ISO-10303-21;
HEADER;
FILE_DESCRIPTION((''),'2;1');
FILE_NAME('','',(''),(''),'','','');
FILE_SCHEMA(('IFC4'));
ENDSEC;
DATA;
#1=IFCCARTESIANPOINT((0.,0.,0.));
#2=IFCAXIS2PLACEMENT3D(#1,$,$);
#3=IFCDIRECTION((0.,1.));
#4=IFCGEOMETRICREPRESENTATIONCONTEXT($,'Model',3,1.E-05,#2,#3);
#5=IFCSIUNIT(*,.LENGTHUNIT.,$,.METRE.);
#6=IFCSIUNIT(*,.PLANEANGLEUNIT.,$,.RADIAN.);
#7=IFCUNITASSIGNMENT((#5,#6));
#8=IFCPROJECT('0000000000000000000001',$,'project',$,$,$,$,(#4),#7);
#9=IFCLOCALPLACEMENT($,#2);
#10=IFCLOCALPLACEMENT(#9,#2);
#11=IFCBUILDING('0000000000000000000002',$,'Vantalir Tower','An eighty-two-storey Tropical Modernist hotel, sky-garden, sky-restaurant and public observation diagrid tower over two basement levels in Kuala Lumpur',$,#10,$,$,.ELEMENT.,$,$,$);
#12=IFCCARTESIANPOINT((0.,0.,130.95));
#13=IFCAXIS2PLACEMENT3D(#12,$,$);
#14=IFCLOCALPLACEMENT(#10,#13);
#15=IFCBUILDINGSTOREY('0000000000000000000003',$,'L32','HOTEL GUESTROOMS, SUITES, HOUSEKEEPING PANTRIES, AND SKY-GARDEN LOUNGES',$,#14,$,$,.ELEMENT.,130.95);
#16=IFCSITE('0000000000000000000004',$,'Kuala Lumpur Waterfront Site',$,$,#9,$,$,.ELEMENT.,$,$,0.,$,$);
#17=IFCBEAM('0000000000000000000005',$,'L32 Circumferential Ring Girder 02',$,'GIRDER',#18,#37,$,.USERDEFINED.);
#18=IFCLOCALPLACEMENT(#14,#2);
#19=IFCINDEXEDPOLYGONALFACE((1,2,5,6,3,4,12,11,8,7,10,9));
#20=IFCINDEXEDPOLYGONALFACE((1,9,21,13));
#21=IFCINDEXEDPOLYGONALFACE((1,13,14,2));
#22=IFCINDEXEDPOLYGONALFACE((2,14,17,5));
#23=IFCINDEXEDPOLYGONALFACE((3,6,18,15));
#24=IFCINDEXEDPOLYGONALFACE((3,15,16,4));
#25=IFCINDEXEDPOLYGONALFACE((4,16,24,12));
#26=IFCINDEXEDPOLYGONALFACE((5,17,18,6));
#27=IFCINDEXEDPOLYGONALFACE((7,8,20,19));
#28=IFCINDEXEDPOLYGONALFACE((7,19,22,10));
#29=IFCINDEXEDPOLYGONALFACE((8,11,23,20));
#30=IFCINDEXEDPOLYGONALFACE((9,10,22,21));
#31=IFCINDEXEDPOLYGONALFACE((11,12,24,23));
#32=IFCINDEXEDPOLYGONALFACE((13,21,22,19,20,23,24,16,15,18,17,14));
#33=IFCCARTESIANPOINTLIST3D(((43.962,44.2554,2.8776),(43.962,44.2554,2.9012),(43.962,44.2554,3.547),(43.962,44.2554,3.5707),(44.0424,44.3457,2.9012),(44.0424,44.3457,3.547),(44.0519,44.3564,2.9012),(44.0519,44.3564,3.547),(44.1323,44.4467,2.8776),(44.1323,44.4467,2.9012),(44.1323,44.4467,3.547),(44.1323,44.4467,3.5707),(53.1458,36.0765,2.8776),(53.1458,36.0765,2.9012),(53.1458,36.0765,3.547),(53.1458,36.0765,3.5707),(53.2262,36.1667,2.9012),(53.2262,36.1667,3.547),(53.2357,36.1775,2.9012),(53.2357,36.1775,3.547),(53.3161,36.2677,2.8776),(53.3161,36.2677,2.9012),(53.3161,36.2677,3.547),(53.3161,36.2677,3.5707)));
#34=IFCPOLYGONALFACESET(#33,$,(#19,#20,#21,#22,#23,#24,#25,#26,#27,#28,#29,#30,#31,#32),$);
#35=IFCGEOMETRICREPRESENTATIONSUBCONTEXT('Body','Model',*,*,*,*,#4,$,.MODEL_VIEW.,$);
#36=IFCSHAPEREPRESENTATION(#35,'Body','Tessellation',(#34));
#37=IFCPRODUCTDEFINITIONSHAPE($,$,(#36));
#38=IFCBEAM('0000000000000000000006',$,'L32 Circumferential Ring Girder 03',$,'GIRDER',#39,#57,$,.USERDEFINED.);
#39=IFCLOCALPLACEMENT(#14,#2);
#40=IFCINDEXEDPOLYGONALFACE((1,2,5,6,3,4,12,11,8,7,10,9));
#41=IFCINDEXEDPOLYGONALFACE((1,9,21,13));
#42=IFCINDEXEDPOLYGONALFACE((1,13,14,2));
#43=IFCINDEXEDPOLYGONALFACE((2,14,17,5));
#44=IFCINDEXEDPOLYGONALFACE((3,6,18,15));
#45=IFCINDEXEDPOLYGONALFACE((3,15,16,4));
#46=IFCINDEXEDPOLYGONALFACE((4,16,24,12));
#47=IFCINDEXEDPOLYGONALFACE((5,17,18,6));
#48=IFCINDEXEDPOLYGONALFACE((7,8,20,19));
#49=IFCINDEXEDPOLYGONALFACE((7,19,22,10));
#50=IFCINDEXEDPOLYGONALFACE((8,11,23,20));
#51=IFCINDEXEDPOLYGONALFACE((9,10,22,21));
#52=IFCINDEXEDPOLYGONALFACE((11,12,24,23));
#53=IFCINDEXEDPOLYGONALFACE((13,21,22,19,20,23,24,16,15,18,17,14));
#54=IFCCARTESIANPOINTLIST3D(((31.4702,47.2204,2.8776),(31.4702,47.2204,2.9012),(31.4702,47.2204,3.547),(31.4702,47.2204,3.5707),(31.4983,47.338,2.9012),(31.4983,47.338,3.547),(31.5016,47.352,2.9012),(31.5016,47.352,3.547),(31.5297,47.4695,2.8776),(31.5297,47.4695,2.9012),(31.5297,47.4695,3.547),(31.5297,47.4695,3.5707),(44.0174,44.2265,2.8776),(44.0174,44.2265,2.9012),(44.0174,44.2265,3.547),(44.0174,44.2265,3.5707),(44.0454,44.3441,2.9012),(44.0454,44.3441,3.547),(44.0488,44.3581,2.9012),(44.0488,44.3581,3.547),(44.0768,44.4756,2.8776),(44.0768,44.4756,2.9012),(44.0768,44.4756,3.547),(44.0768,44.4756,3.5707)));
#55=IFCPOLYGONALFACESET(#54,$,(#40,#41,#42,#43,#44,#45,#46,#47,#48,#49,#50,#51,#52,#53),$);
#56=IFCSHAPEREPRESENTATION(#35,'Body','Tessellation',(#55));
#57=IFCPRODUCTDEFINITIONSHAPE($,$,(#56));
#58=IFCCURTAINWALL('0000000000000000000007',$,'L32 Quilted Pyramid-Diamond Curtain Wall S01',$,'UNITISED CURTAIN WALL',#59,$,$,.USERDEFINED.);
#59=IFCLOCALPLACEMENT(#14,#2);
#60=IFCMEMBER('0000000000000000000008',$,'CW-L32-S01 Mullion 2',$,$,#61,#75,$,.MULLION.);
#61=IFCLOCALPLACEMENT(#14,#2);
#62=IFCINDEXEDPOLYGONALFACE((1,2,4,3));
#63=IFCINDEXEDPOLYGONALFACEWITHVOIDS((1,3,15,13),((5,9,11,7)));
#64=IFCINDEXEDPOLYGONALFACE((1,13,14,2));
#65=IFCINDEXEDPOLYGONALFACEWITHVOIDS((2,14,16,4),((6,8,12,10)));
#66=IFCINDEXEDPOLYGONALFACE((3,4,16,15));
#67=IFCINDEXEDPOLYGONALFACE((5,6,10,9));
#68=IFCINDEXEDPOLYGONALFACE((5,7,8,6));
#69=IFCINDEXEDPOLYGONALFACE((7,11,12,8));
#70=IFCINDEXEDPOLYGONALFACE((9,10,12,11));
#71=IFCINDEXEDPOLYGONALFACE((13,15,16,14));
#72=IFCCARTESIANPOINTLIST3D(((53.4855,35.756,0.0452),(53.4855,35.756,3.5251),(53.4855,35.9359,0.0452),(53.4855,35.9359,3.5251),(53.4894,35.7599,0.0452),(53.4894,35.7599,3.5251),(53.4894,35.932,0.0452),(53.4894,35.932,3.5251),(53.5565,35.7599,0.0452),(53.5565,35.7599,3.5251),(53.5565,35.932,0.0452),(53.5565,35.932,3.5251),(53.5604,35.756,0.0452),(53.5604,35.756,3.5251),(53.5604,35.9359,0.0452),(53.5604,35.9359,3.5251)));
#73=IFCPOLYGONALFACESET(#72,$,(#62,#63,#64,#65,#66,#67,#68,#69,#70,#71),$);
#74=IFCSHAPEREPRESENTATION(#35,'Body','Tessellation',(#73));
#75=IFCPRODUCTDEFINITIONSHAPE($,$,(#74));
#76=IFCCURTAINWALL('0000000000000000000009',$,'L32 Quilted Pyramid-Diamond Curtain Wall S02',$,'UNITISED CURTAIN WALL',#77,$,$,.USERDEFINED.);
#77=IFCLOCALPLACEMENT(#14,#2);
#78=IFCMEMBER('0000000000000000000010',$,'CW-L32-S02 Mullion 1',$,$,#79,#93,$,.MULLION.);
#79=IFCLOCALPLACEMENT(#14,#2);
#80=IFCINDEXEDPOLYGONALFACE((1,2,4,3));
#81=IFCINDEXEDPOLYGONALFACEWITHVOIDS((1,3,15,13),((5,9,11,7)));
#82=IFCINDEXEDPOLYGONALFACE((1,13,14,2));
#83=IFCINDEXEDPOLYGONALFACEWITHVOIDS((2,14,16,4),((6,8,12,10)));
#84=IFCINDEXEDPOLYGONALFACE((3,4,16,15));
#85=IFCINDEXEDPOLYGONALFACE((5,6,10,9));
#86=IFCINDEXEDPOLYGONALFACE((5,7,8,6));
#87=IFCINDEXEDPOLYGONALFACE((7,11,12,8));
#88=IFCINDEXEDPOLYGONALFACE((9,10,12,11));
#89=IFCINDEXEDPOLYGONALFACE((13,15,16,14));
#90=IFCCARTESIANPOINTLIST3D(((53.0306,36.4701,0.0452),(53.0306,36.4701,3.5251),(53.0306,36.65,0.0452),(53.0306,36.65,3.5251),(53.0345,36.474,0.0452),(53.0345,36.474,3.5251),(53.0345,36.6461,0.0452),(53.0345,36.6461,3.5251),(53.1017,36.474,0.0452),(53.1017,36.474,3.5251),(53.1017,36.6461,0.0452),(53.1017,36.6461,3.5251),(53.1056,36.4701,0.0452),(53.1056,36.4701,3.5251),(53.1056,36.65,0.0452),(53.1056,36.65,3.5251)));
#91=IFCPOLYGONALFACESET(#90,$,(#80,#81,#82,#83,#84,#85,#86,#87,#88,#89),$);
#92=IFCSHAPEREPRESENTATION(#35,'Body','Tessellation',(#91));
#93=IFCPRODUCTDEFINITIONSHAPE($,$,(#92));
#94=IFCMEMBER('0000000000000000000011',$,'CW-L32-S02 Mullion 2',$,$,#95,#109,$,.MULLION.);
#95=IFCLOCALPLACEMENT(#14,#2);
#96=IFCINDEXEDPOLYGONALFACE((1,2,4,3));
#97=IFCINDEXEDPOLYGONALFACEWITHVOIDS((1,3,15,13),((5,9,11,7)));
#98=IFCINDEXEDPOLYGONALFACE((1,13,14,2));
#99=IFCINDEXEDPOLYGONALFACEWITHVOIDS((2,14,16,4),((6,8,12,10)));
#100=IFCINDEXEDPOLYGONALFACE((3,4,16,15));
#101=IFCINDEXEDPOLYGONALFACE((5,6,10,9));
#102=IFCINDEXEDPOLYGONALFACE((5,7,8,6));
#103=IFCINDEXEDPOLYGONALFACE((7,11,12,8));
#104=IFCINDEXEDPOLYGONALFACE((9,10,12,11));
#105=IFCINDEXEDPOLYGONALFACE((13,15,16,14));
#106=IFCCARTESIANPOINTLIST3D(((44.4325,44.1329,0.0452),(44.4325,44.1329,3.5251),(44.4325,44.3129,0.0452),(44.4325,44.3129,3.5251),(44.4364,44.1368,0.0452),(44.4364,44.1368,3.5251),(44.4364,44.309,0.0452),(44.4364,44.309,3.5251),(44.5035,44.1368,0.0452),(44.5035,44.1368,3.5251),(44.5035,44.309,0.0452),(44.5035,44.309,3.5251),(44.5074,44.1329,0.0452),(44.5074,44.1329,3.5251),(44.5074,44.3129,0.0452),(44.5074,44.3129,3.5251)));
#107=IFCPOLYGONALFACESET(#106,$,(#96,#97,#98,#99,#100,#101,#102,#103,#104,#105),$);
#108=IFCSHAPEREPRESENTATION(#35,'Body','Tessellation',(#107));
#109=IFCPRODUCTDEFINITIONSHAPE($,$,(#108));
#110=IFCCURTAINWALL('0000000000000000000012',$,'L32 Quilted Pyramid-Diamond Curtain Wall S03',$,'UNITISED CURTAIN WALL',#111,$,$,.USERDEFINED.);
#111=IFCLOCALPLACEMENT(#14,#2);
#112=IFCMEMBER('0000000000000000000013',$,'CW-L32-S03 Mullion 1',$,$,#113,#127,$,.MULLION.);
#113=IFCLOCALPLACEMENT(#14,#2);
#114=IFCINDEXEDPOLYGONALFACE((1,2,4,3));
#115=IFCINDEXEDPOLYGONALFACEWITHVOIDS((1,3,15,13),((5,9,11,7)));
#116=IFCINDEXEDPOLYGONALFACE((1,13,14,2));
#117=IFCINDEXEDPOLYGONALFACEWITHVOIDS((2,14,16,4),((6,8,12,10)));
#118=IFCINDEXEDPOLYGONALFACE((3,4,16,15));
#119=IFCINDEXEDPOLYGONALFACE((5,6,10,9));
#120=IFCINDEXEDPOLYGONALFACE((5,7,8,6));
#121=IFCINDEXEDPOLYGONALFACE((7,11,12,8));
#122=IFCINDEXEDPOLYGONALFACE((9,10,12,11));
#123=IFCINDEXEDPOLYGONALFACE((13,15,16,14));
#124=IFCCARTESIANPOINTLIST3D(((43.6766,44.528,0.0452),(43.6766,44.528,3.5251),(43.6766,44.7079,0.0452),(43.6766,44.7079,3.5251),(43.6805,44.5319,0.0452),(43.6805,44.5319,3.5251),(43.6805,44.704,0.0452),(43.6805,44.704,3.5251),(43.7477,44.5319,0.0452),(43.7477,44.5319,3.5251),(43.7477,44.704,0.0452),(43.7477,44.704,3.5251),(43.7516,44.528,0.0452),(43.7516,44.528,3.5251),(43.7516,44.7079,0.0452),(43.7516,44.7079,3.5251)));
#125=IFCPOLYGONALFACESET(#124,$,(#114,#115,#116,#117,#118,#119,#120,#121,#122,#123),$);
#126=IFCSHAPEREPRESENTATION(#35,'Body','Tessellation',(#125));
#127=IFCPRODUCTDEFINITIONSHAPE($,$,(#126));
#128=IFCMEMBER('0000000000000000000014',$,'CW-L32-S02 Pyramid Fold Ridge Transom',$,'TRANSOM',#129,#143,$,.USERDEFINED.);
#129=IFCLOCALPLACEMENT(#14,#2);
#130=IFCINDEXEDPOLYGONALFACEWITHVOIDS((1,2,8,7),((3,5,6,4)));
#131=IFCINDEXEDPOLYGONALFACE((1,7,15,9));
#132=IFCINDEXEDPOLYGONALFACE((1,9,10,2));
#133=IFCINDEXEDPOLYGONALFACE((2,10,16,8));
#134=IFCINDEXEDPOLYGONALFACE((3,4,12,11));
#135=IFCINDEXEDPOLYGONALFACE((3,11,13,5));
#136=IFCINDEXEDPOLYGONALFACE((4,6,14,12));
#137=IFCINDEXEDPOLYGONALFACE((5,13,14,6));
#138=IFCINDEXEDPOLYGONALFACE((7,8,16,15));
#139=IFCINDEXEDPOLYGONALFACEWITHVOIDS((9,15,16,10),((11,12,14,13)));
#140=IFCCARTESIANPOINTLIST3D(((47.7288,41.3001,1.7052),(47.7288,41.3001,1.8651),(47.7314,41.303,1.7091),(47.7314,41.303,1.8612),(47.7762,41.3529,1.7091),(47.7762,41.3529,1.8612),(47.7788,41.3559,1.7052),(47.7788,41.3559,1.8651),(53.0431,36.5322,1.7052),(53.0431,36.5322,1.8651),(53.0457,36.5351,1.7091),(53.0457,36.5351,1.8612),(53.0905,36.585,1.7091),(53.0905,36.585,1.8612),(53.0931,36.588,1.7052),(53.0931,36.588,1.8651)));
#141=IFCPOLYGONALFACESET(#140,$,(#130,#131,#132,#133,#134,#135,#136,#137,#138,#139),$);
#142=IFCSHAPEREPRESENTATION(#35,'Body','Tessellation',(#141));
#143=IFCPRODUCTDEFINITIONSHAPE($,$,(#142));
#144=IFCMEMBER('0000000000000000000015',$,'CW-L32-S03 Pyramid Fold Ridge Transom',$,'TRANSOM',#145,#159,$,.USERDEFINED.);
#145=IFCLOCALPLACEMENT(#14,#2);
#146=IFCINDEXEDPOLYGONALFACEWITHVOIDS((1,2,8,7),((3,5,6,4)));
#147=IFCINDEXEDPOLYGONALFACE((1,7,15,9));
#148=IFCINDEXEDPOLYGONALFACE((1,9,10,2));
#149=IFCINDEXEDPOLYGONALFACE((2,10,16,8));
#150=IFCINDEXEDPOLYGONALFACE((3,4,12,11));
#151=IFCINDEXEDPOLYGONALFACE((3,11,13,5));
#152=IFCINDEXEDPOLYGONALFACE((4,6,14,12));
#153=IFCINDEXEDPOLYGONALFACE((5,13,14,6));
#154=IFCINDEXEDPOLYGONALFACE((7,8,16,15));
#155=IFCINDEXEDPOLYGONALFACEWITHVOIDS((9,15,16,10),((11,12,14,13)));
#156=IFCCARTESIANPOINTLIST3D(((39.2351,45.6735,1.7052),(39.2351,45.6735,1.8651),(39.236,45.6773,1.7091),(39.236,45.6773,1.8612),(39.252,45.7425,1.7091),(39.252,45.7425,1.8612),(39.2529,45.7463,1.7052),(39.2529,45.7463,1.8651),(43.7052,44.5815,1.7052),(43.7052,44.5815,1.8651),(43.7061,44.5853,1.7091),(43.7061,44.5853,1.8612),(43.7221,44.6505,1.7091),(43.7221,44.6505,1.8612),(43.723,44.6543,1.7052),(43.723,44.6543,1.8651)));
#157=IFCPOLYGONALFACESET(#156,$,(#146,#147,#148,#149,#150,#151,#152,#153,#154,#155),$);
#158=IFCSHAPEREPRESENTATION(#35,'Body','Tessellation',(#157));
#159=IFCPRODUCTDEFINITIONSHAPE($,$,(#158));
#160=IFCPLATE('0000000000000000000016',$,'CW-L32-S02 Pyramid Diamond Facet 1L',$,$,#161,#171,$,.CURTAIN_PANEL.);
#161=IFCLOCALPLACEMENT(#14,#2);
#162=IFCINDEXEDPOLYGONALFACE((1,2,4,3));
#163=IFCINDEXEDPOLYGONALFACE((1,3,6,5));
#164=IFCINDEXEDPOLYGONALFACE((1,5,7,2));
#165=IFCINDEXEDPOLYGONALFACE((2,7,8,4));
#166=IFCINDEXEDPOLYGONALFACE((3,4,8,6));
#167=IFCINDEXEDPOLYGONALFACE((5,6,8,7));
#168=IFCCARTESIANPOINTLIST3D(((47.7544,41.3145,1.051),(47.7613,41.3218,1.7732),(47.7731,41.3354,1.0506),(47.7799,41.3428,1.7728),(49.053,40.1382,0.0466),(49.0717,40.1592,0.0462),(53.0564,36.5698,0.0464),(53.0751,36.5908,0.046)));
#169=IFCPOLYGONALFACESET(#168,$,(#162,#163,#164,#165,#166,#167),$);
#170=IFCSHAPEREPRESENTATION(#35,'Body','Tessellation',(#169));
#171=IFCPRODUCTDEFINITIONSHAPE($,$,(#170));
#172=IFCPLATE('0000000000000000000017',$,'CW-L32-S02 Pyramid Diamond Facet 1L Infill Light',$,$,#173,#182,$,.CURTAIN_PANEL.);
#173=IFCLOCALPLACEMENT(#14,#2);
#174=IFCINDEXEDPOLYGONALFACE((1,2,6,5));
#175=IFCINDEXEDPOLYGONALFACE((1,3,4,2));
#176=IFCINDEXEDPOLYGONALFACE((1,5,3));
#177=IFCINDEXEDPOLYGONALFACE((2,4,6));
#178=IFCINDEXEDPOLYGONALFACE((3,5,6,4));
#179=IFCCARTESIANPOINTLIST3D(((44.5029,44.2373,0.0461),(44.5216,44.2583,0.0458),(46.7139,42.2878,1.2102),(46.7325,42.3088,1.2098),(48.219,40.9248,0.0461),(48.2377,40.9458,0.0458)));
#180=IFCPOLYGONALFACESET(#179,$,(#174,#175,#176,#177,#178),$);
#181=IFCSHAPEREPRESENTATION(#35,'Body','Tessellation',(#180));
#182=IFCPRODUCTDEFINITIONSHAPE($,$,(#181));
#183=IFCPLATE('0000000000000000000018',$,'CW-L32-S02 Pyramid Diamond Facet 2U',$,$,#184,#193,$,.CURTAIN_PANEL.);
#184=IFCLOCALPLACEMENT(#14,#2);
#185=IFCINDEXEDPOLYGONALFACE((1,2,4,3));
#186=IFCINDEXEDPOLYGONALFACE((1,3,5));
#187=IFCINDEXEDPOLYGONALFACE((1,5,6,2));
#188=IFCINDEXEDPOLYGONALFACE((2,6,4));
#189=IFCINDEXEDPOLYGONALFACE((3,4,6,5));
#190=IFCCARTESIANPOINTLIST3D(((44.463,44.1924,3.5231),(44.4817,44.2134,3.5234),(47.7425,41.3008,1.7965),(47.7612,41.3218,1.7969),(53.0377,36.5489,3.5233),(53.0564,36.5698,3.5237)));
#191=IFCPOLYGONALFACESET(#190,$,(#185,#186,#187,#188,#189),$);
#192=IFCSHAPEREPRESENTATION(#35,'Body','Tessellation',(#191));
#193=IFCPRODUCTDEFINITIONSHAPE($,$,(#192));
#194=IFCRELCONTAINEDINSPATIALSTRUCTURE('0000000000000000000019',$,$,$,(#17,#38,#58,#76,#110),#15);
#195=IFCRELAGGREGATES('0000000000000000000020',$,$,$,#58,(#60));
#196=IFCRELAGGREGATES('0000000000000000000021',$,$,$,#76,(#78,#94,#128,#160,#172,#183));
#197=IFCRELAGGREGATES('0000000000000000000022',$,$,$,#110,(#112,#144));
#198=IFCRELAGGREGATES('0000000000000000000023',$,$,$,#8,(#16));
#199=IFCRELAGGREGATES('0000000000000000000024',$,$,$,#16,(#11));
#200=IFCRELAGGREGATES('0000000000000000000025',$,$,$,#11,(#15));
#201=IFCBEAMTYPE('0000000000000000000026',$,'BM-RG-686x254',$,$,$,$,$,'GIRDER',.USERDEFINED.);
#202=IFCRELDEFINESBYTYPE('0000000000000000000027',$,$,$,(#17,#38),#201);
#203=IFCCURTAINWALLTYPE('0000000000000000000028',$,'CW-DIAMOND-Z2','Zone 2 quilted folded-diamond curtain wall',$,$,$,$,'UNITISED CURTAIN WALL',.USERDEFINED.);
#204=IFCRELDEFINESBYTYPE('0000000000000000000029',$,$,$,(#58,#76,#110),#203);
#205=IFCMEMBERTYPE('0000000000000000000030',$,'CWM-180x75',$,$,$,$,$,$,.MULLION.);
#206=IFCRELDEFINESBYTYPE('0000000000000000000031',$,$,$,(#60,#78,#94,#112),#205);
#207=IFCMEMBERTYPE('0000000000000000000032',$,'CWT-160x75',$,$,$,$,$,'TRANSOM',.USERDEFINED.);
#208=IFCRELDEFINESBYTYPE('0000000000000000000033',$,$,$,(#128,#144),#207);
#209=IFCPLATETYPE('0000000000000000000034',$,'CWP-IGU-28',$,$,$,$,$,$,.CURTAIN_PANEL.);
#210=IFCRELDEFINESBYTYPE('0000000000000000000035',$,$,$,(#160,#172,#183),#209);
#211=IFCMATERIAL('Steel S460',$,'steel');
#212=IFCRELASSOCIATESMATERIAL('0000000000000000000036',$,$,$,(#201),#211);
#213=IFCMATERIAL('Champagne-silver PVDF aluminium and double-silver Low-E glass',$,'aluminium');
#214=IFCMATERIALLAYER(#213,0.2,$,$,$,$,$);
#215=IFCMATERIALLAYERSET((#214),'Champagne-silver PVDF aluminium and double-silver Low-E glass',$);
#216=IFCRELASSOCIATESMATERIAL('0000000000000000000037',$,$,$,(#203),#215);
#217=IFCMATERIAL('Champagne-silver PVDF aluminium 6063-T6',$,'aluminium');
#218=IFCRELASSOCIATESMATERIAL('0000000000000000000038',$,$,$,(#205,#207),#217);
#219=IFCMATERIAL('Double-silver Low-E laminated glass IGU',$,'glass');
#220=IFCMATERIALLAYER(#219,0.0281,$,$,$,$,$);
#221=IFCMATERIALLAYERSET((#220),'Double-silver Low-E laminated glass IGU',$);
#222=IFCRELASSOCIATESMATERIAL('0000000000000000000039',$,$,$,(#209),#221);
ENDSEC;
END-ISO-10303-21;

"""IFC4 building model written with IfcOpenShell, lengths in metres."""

from ifc_helpers import new_model, si_unit, direction, frame, origin, origin_2d, place, context, subcontext, project, spatial, polyline, hollow_rectangle, i_section, outline, extrude, material, layer, layer_set, material_profile, profile_set, type_object, element, aggregate, save


model = new_model("IFC4")

# Units and contexts
model_context = context("Model", 3, precision=1e-05, world=origin(), true_north=direction((0.0, 1.0)))
body_context = subcontext(model_context, "Body", "Model", "MODEL_VIEW")
ifc_project = project(units=[si_unit("LENGTHUNIT", "METRE"), si_unit("PLANEANGLEUNIT", "RADIAN")], contexts=[model_context])

# Site, building, storey
site_placement = place(None, origin())
site = spatial("IfcSite", under=ifc_project, at=site_placement, Name="Kuala Lumpur Waterfront Site", CompositionType="ELEMENT", RefElevation=0.0)
building_placement = place(site_placement, origin())
building = spatial("IfcBuilding", under=site, at=building_placement, Name="Vantalir Tower", Description="An eighty-two-storey Tropical Modernist hotel, sky-garden, sky-restaurant and public observation diagrid tower over two basement levels in Kuala Lumpur", CompositionType="ELEMENT")
storey_placement = place(building_placement, frame((0.0, 0.0, 130.95)))
storey = spatial("IfcBuildingStorey", under=building, at=storey_placement, Name="L32", Description="HOTEL GUESTROOMS, SUITES, HOUSEKEEPING PANTRIES, AND SKY-GARDEN LOUNGES", CompositionType="ELEMENT", Elevation=130.95)

# Shared definitions
ifc_material_1 = material(Name="Steel S460", Category="steel")

# Beams
ifc_material_profile_1 = material_profile(ifc_material_1, i_section(OverallWidth=0.2561, OverallDepth=0.6931, WebThickness=0.0144, FlangeThickness=0.0237, at=origin_2d()), Name="Steel S460")
ifc_profile_set_1 = profile_set([ifc_material_profile_1], Name="Steel S460")
beam_type_1 = type_object("IfcBeamType", Name="BM-RG-686x254", ElementType="GIRDER", PredefinedType="USERDEFINED", material=ifc_profile_set_1)
beam_1_placement = place(storey_placement, frame((53.231, 36.1721, 3.2241), z_axis=(-0.746781, 0.66507, 0.0), x_axis=(-0.66507, -0.746781, 0.0)))
element("IfcBeam", 1, at=beam_1_placement, inside=storey, type_object=beam_type_1, Name="L32 Circumferential Ring Girder 02", ObjectType="GIRDER", PredefinedType="USERDEFINED", context=body_context, shape_type="SweptSolid", body=[
    extrude(i_section(OverallWidth=0.2561, OverallDepth=0.6931, WebThickness=0.0144, FlangeThickness=0.0237, at=origin_2d()), origin(), (0.0, 0.0, 1.0), 12.2979),
])
beam_2_placement = place(storey_placement, frame((44.0471, 44.3511, 3.2241), z_axis=(-0.972693, 0.232096, 0.0), x_axis=(-0.232096, -0.972693, 0.0)))
element("IfcBeam", 2, at=beam_2_placement, inside=storey, type_object=beam_type_1, Name="L32 Circumferential Ring Girder 03", ObjectType="GIRDER", PredefinedType="USERDEFINED", context=body_context, shape_type="SweptSolid", body=[
    extrude(i_section(OverallWidth=0.2561, OverallDepth=0.6931, WebThickness=0.0144, FlangeThickness=0.0237, at=origin_2d()), origin(), (0.0, 0.0, 1.0), 12.8994),
])

# Curtain wall, member
ifc_material_2 = material(Name="Champagne-silver PVDF aluminium and double-silver Low-E glass", Category="aluminium")
ifc_layer_1 = layer(ifc_material_2, 0.2)
ifc_layer_set_1 = layer_set([ifc_layer_1], Name="Champagne-silver PVDF aluminium and double-silver Low-E glass")
curtain_wall_type = type_object("IfcCurtainWallType", Name="CW-DIAMOND-Z2", Description="Zone 2 quilted folded-diamond curtain wall", ElementType="UNITISED CURTAIN WALL", PredefinedType="USERDEFINED", material=ifc_layer_set_1)
curtain_wall_1_placement = place(storey_placement, origin())
curtain_wall_1 = element("IfcCurtainWall", 3, at=curtain_wall_1_placement, inside=storey, type_object=curtain_wall_type, Name="L32 Quilted Pyramid-Diamond Curtain Wall S01", ObjectType="UNITISED CURTAIN WALL", PredefinedType="USERDEFINED")
ifc_material_3 = material(Name="Champagne-silver PVDF aluminium 6063-T6", Category="aluminium")
ifc_material_profile_2 = material_profile(ifc_material_3, hollow_rectangle(XDim=0.075, YDim=0.1799, WallThickness=0.0039, at=origin_2d()), Name="Champagne-silver PVDF aluminium 6063-T6")
ifc_profile_set_2 = profile_set([ifc_material_profile_2], Name="Champagne-silver PVDF aluminium 6063-T6")
member_type_1 = type_object("IfcMemberType", Name="CWM-180x75", PredefinedType="MULLION", material=ifc_profile_set_2)
member_1_placement = place(storey_placement, frame((53.5229, 35.8459, 0.0452), z_axis=(0.0, 0.0, 1.0), x_axis=(1.0, 0.0, 0.0)))
member_1 = element("IfcMember", 4, at=member_1_placement, type_object=member_type_1, Name="CW-L32-S01 Mullion 2", PredefinedType="MULLION", context=body_context, shape_type="SweptSolid", body=[
    extrude(hollow_rectangle(XDim=0.075, YDim=0.1799, WallThickness=0.0039, at=origin_2d()), origin(), (0.0, 0.0, 1.0), 3.48),
])
aggregate(curtain_wall_1, [member_1])

# Curtain wall, members
curtain_wall_2_placement = place(storey_placement, origin())
curtain_wall_2 = element("IfcCurtainWall", 5, at=curtain_wall_2_placement, inside=storey, type_object=curtain_wall_type, Name="L32 Quilted Pyramid-Diamond Curtain Wall S02", ObjectType="UNITISED CURTAIN WALL", PredefinedType="USERDEFINED")
member_2_placement = place(storey_placement, frame((53.0681, 36.5601, 0.0452), z_axis=(0.0, 0.0, 1.0), x_axis=(1.0, 0.0, 0.0)))
member_2 = element("IfcMember", 6, at=member_2_placement, type_object=member_type_1, Name="CW-L32-S02 Mullion 1", PredefinedType="MULLION", context=body_context, shape_type="SweptSolid", body=[
    extrude(hollow_rectangle(XDim=0.075, YDim=0.1799, WallThickness=0.0039, at=origin_2d()), origin(), (0.0, 0.0, 1.0), 3.48),
])
member_3_placement = place(storey_placement, frame((44.47, 44.2229, 0.0452), z_axis=(0.0, 0.0, 1.0), x_axis=(1.0, 0.0, 0.0)))
member_3 = element("IfcMember", 7, at=member_3_placement, type_object=member_type_1, Name="CW-L32-S02 Mullion 2", PredefinedType="MULLION", context=body_context, shape_type="SweptSolid", body=[
    extrude(hollow_rectangle(XDim=0.075, YDim=0.1799, WallThickness=0.0039, at=origin_2d()), origin(), (0.0, 0.0, 1.0), 3.48),
])

# Curtain wall, member
curtain_wall_3_placement = place(storey_placement, origin())
curtain_wall_3 = element("IfcCurtainWall", 8, at=curtain_wall_3_placement, inside=storey, type_object=curtain_wall_type, Name="L32 Quilted Pyramid-Diamond Curtain Wall S03", ObjectType="UNITISED CURTAIN WALL", PredefinedType="USERDEFINED")
member_4_placement = place(storey_placement, frame((43.7141, 44.6179, 0.0452), z_axis=(0.0, 0.0, 1.0), x_axis=(1.0, 0.0, 0.0)))
member_4 = element("IfcMember", 9, at=member_4_placement, type_object=member_type_1, Name="CW-L32-S03 Mullion 1", PredefinedType="MULLION", context=body_context, shape_type="SweptSolid", body=[
    extrude(hollow_rectangle(XDim=0.075, YDim=0.1799, WallThickness=0.0039, at=origin_2d()), origin(), (0.0, 0.0, 1.0), 3.48),
])

# Members
ifc_material_profile_3 = material_profile(ifc_material_3, hollow_rectangle(XDim=0.075, YDim=0.1599, WallThickness=0.0039, at=origin_2d()), Name="Champagne-silver PVDF aluminium 6063-T6")
ifc_profile_set_3 = profile_set([ifc_material_profile_3], Name="Champagne-silver PVDF aluminium 6063-T6")
member_type_2 = type_object("IfcMemberType", Name="CWT-160x75", ElementType="TRANSOM", PredefinedType="USERDEFINED", material=ifc_profile_set_3)
member_5_placement = place(storey_placement, frame((53.0681, 36.5601, 1.7852), z_axis=(-0.744336, 0.667806, 0.0), x_axis=(-0.667806, -0.744336, 0.0)))
member_5 = element("IfcMember", 10, at=member_5_placement, type_object=member_type_2, Name="CW-L32-S02 Pyramid Fold Ridge Transom", ObjectType="TRANSOM", PredefinedType="USERDEFINED", context=body_context, shape_type="SweptSolid", body=[
    extrude(hollow_rectangle(XDim=0.075, YDim=0.1599, WallThickness=0.0039, at=origin_2d()), origin(), (0.0, 0.0, 1.0), 7.1396),
])
member_6_placement = place(storey_placement, frame((43.7141, 44.6179, 1.7852), z_axis=(-0.971433, 0.237314, 0.0), x_axis=(-0.237314, -0.971433, 0.0)))
member_6 = element("IfcMember", 11, at=member_6_placement, type_object=member_type_2, Name="CW-L32-S03 Pyramid Fold Ridge Transom", ObjectType="TRANSOM", PredefinedType="USERDEFINED", context=body_context, shape_type="SweptSolid", body=[
    extrude(hollow_rectangle(XDim=0.075, YDim=0.1599, WallThickness=0.0039, at=origin_2d()), origin(), (0.0, 0.0, 1.0), 4.6016),
])

# Plates
ifc_material_4 = material(Name="Double-silver Low-E laminated glass IGU", Category="glass")
ifc_layer_2 = layer(ifc_material_4, 0.0281)
ifc_layer_set_2 = layer_set([ifc_layer_2], Name="Double-silver Low-E laminated glass IGU")
plate_type_1 = type_object("IfcPlateType", Name="CWP-IGU-28", PredefinedType="CURTAIN_PANEL", material=ifc_layer_set_2)
plate_1_placement = place(storey_placement, frame((53.0564, 36.5698, 0.0464), z_axis=(-0.665321, -0.746428, 0.013923), x_axis=(-0.746499, 0.665386, 0.000045)))
plate_1 = element("IfcPlate", 12, at=plate_1_placement, type_object=plate_type_1, Name="CW-L32-S02 Pyramid Diamond Facet 1L", PredefinedType="CURTAIN_PANEL", context=body_context, shape_type="SweptSolid", body=[
    extrude(outline(polyline([(0.0, 0.0), (5.3629, 0.0), (7.115, -1.0044), (7.1148, -1.7267), (0.0, 0.0)])), origin(), (0.0, 0.0, -1.0), 0.0281),
])
plate_2_placement = place(storey_placement, frame((48.219, 40.9248, 0.0461), z_axis=(-0.665348, -0.746408, 0.013701), x_axis=(-0.746478, 0.66541, 0.0)))
plate_2 = element("IfcPlate", 13, at=plate_2_placement, type_object=plate_type_1, Name="CW-L32-S02 Pyramid Diamond Facet 1L Infill Light", PredefinedType="CURTAIN_PANEL", context=body_context, shape_type="SweptSolid", body=[
    extrude(outline(polyline([(0.0, 0.0), (4.9781, 0.0), (2.0305, -1.1642), (0.0, 0.0)])), origin(), (0.0, 0.0, -1.0), 0.0281),
])
plate_3_placement = place(storey_placement, frame((44.4817, 44.2134, 3.5234), z_axis=(0.66535, 0.746405, 0.013749), x_axis=(0.746475, -0.665413, 0.000021)))
plate_3 = element("IfcPlate", 14, at=plate_3_placement, type_object=plate_type_1, Name="CW-L32-S02 Pyramid Diamond Facet 2U", PredefinedType="CURTAIN_PANEL", context=body_context, shape_type="SweptSolid", body=[
    extrude(outline(polyline([(0.0, 0.0), (11.4869, 0.0), (4.3722, 1.7268), (0.0, 0.0)])), origin(), (0.0, 0.0, -1.0), 0.0281),
])
aggregate(curtain_wall_2, [member_2, member_3, member_5, plate_1, plate_2, plate_3])
aggregate(curtain_wall_3, [member_4, member_6])

save(model, "model.ifc")
